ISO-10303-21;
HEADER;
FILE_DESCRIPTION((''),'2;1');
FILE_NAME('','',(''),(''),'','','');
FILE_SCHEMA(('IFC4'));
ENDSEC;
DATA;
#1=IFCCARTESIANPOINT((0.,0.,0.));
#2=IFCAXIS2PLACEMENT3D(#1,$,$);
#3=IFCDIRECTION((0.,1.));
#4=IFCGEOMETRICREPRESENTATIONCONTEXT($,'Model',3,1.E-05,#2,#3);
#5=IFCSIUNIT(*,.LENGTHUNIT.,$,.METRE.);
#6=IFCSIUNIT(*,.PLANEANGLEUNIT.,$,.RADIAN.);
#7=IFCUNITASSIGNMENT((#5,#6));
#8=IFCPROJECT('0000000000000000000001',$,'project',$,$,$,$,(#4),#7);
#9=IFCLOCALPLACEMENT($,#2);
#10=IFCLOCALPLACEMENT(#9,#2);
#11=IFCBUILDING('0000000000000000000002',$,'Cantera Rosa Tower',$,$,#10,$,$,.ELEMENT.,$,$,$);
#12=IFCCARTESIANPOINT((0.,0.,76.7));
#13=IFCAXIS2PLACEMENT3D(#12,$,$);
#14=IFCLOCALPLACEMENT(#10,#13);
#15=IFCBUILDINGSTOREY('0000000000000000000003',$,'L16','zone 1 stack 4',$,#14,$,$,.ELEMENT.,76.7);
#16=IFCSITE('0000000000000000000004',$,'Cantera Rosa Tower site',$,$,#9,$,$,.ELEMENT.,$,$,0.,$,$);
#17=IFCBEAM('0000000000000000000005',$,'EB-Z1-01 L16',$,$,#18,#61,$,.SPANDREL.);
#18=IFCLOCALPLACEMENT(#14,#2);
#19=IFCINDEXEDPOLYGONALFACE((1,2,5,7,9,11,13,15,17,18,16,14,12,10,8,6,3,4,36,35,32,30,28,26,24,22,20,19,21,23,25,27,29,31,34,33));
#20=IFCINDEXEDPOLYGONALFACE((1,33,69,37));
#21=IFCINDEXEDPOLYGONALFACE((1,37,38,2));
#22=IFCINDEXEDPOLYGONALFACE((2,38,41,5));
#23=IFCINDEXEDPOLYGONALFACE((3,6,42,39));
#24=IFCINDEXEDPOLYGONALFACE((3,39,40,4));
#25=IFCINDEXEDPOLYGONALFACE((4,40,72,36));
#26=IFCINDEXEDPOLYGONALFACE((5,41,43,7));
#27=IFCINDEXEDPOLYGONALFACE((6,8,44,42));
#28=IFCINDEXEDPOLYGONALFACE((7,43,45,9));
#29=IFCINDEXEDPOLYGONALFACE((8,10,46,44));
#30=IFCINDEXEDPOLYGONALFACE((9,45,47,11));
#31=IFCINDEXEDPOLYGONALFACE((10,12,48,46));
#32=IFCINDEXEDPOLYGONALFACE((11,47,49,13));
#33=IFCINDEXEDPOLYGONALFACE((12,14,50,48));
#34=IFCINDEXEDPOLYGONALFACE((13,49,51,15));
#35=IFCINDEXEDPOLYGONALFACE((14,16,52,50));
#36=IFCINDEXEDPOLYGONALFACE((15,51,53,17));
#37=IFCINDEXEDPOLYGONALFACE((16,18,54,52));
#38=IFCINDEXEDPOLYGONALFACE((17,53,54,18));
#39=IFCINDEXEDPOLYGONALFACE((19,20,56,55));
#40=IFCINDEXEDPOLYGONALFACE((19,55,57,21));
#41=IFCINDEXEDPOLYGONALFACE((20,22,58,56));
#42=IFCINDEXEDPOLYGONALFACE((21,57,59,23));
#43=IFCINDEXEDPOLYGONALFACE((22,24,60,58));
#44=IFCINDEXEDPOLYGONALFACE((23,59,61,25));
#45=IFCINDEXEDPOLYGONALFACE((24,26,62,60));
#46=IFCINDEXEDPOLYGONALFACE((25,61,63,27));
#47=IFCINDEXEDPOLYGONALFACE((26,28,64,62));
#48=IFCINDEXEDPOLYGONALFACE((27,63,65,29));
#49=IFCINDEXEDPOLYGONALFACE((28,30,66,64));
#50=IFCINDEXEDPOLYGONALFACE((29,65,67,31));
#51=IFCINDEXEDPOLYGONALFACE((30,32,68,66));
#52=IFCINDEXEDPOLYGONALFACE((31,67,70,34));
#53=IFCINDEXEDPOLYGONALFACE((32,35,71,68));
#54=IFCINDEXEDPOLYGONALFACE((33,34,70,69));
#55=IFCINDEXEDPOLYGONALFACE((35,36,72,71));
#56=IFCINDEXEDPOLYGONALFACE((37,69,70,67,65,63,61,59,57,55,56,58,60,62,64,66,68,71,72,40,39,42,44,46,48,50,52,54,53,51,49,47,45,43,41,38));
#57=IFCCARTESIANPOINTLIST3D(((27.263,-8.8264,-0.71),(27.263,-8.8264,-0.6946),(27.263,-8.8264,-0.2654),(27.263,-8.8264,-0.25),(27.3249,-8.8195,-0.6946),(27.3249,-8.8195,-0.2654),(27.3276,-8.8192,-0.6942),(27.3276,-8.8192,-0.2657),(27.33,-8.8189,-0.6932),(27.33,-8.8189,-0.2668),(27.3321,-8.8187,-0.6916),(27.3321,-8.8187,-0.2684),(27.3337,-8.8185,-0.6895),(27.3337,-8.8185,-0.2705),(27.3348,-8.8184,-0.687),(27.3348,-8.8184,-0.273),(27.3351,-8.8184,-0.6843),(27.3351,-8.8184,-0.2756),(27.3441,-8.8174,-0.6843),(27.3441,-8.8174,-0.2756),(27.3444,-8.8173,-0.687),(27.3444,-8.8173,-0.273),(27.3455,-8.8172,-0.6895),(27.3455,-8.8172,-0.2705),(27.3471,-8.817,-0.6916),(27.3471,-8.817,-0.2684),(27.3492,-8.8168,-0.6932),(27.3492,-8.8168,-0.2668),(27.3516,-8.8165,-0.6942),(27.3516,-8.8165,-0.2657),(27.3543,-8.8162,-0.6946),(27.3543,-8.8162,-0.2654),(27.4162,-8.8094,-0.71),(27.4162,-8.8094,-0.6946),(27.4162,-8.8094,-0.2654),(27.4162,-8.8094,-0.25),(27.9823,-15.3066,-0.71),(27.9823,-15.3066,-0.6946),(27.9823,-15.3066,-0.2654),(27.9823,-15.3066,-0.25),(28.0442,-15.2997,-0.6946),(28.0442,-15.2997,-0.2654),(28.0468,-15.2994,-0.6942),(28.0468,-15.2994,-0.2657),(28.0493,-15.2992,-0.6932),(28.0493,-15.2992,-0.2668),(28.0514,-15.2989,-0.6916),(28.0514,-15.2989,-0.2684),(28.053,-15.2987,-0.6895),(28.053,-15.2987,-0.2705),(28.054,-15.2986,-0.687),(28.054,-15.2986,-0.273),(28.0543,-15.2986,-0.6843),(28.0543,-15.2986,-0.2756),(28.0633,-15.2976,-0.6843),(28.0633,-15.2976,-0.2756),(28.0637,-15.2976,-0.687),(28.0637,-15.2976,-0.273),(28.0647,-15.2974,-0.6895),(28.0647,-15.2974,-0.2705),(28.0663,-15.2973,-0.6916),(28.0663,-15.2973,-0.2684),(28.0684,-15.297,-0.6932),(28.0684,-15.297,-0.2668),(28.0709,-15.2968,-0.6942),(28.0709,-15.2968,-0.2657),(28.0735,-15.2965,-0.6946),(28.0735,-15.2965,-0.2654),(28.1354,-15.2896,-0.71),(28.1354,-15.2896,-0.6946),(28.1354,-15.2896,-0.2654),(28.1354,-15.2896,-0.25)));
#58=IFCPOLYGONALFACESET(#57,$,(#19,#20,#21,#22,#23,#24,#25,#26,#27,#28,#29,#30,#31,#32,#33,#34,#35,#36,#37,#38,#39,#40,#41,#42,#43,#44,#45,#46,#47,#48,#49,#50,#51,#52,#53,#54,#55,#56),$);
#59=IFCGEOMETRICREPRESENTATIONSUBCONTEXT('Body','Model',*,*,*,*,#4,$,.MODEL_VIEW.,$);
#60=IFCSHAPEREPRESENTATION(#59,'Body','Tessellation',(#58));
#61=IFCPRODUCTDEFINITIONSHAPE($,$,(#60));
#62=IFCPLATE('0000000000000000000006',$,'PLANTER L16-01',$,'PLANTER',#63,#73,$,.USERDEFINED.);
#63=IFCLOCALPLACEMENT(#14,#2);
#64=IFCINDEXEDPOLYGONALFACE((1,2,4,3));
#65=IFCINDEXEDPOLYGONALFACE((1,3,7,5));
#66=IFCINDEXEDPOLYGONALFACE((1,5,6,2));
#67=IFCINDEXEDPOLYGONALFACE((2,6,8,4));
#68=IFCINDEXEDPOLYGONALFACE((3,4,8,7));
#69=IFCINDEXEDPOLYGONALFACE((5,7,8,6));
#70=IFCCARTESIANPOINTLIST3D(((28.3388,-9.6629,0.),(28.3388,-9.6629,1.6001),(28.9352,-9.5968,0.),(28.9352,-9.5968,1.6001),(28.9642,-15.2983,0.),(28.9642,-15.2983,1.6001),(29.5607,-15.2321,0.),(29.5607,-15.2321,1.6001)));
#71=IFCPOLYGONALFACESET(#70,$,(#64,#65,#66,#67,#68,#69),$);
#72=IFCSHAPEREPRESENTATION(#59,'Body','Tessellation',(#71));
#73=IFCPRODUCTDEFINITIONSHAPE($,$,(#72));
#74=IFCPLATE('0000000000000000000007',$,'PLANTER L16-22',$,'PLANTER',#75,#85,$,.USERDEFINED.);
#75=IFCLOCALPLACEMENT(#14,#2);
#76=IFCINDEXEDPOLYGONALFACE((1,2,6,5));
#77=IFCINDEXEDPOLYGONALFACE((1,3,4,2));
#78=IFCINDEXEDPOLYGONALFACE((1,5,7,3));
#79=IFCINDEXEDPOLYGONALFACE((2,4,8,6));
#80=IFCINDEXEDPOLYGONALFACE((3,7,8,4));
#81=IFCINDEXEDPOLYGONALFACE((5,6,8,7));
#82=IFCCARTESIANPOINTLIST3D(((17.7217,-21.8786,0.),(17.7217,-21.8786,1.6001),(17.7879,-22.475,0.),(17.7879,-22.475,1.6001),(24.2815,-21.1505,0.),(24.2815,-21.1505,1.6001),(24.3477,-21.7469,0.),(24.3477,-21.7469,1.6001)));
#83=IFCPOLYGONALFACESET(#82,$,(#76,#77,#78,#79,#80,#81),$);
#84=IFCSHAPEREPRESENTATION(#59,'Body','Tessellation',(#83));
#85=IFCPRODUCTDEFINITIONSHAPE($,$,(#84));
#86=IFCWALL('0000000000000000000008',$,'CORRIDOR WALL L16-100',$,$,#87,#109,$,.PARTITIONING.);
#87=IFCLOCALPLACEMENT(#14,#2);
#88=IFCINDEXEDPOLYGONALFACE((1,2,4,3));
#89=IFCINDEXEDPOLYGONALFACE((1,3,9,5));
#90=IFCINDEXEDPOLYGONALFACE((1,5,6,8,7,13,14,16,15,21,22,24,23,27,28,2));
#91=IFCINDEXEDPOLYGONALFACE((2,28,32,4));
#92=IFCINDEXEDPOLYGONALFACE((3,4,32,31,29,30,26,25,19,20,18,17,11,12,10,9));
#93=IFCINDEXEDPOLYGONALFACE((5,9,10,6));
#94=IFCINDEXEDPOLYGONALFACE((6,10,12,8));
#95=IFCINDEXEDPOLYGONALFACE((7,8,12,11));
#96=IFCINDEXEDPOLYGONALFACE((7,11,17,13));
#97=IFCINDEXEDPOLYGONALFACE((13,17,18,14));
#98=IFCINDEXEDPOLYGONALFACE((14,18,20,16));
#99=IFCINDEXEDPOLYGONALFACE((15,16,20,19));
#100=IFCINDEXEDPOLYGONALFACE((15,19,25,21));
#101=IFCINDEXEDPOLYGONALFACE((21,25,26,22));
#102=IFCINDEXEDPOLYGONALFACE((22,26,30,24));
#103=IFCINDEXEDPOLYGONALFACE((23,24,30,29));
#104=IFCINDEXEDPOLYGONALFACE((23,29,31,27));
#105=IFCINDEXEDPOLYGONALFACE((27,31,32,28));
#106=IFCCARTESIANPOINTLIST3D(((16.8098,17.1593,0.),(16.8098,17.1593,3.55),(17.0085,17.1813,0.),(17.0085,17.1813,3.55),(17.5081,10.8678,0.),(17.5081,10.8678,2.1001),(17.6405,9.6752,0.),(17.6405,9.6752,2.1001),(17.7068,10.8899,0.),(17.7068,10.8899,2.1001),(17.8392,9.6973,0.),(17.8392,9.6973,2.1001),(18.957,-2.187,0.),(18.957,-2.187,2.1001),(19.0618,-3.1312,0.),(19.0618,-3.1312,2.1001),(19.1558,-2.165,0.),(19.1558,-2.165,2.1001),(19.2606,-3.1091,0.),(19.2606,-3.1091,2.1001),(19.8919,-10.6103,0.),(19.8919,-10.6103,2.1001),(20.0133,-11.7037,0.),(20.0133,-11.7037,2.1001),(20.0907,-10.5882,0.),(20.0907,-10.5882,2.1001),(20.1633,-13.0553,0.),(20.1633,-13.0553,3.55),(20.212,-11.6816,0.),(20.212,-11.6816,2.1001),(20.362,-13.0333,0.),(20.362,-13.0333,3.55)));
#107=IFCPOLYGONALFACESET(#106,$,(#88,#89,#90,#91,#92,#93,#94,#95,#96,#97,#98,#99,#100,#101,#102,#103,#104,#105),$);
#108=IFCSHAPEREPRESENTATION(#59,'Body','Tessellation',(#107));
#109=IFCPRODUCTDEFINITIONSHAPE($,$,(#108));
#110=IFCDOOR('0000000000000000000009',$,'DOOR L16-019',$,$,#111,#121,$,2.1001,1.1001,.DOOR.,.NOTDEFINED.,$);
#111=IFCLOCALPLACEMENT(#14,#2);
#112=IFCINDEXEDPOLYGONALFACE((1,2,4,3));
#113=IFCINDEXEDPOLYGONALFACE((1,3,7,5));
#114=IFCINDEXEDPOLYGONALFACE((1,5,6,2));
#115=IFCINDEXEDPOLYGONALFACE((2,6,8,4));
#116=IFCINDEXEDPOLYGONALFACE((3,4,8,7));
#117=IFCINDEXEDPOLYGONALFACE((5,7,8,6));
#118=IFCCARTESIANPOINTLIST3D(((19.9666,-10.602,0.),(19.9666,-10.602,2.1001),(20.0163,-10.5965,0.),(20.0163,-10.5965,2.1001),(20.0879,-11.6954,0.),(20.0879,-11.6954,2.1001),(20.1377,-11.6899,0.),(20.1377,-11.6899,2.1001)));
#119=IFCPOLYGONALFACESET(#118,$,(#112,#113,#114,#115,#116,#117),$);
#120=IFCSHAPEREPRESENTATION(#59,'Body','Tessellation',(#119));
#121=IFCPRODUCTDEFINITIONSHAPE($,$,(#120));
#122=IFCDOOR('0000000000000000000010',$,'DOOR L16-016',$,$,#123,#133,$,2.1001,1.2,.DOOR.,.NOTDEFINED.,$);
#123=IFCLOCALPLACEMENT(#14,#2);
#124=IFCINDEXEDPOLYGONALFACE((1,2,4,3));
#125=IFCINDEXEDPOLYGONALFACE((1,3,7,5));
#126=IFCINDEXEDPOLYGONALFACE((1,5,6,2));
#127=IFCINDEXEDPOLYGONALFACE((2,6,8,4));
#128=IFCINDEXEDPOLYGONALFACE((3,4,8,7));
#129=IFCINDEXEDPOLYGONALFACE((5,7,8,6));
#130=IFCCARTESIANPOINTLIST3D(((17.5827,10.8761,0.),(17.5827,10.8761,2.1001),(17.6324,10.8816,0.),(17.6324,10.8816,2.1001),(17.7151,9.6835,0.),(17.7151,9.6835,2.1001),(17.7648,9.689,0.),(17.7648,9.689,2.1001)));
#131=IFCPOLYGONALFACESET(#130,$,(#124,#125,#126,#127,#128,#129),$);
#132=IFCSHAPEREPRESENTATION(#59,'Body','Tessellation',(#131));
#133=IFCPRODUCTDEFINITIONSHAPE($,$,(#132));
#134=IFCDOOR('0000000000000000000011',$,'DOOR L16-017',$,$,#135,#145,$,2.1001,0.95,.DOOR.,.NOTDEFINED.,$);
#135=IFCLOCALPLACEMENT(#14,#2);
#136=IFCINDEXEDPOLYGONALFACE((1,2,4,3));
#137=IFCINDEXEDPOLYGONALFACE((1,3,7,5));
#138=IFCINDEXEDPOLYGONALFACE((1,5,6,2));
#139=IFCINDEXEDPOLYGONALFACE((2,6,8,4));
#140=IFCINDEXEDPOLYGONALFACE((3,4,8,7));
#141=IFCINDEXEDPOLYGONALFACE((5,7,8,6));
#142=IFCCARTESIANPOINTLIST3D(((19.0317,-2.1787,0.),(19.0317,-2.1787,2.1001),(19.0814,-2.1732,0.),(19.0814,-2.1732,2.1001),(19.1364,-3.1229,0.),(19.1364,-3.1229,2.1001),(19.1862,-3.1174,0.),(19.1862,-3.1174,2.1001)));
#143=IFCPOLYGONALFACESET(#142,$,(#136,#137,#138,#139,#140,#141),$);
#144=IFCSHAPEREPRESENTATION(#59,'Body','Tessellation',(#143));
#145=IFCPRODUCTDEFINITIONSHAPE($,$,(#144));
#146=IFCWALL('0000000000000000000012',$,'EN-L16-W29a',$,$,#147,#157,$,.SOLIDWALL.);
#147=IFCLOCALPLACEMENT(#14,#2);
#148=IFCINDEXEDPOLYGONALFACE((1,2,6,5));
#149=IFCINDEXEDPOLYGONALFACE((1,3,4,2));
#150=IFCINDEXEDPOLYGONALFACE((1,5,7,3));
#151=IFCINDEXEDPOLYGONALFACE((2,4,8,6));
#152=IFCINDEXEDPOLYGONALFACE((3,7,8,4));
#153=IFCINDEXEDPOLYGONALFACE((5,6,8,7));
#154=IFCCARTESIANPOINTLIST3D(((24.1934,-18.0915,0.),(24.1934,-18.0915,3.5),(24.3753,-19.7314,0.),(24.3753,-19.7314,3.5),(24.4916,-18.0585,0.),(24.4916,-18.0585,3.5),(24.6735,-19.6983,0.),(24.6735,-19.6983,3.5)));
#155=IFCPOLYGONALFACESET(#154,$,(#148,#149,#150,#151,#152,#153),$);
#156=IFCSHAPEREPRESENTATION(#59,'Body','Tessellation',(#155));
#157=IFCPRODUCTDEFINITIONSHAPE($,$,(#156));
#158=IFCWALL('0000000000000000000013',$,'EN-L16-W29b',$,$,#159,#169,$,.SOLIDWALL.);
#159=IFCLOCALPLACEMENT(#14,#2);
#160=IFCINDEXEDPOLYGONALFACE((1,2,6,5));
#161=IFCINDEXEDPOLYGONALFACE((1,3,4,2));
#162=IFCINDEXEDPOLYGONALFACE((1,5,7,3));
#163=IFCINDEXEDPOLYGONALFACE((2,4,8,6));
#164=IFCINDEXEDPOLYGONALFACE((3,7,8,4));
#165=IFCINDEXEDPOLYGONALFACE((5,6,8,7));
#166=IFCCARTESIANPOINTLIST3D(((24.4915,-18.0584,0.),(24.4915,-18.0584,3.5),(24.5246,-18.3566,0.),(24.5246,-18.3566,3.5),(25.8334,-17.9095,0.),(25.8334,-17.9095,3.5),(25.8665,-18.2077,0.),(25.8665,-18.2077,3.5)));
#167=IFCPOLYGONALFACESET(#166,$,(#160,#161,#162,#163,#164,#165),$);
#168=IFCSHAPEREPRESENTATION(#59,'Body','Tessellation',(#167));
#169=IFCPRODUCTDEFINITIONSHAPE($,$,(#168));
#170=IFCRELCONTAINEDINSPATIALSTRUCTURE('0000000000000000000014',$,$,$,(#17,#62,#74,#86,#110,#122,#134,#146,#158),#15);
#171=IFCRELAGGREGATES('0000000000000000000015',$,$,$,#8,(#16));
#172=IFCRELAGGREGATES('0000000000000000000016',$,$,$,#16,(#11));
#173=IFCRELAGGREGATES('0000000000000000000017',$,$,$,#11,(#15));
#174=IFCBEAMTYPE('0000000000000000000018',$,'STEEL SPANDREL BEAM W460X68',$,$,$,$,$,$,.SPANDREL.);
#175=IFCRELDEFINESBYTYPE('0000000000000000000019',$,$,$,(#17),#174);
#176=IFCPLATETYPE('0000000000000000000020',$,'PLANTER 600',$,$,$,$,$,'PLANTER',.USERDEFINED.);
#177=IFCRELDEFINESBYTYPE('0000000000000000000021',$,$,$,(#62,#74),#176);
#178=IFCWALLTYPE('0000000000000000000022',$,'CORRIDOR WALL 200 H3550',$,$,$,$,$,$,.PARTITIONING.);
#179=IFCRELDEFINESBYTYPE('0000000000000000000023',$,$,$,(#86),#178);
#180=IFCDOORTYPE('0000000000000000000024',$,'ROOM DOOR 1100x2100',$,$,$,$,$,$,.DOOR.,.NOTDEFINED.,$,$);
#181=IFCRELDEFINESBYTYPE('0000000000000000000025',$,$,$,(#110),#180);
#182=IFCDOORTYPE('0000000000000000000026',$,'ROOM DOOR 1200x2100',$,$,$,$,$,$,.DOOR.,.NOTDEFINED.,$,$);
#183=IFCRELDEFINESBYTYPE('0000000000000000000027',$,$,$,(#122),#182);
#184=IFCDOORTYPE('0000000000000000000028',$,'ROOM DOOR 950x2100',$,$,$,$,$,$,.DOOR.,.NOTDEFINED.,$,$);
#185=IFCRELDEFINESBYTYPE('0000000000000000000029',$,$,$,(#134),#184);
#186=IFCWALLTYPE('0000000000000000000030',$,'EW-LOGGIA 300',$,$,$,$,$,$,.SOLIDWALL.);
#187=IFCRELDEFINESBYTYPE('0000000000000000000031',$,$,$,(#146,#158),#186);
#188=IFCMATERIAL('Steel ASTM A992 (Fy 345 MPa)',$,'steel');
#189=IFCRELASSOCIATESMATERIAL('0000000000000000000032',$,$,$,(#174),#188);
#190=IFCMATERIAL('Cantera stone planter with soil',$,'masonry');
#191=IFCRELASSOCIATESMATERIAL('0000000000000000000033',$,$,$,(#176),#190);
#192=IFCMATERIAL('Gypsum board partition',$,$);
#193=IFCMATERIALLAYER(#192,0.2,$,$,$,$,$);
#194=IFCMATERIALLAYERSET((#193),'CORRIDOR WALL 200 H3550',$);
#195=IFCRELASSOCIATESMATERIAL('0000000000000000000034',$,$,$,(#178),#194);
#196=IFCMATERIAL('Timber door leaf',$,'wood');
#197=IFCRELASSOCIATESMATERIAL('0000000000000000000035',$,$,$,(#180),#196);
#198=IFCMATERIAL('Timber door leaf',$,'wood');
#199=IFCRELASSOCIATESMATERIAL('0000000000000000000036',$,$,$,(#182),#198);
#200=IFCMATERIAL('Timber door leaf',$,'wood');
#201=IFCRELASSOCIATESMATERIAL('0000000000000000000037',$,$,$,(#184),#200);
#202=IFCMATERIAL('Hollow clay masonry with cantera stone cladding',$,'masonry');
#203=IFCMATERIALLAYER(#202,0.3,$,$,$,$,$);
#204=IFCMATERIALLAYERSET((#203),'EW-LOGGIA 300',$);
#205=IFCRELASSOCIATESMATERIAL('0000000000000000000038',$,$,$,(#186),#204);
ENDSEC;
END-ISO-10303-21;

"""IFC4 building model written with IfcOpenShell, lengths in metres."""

from ifc_helpers import new_model, si_unit, direction, frame, frame_2d, origin, origin_2d, place, context, subcontext, project, spatial, rectangle, i_section, extrude, material, layer, layer_set, material_profile, profile_set, type_object, element, fill, save


model = new_model("IFC4")

# Units and contexts
model_context = context("Model", 3, precision=1e-05, world=origin(), true_north=direction((0.0, 1.0)))
body_context = subcontext(model_context, "Body", "Model", "MODEL_VIEW")
ifc_project = project(units=[si_unit("LENGTHUNIT", "METRE"), si_unit("PLANEANGLEUNIT", "RADIAN")], contexts=[model_context])

# Site, building, storey
site_placement = place(None, origin())
site = spatial("IfcSite", under=ifc_project, at=site_placement, Name="Cantera Rosa Tower site", CompositionType="ELEMENT", RefElevation=0.0)
building_placement = place(site_placement, origin())
building = spatial("IfcBuilding", under=site, at=building_placement, Name="Cantera Rosa Tower", CompositionType="ELEMENT")
storey_placement = place(building_placement, frame((0.0, 0.0, 76.7)))
storey = spatial("IfcBuildingStorey", under=building, at=storey_placement, Name="L16", Description="zone 1 stack 4", CompositionType="ELEMENT", Elevation=76.7)

# Beam
ifc_material_1 = material(Name="Steel ASTM A992 (Fy 345 MPa)", Category="steel")
ifc_material_profile_1 = material_profile(ifc_material_1, i_section(OverallWidth=0.1541, OverallDepth=0.46, WebThickness=0.009, FlangeThickness=0.0154, FilletRadius=0.0103, at=origin_2d()), Name="W460X68")
ifc_profile_set_1 = profile_set([ifc_material_profile_1], Name="Steel ASTM A992 (Fy 345 MPa)")
beam_type_1 = type_object("IfcBeamType", Name="STEEL SPANDREL BEAM W460X68", PredefinedType="SPANDREL", material=ifc_profile_set_1)
beam_1_placement = place(storey_placement, frame((28.0588, -15.2981, -0.48), z_axis=(-0.110312, 0.993897, 0.0), x_axis=(-0.993897, -0.110312, 0.0)))
element("IfcBeam", 1, at=beam_1_placement, inside=storey, type_object=beam_type_1, Name="EB-Z1-01 L16", PredefinedType="SPANDREL", context=body_context, shape_type="SweptSolid", body=[
    extrude(i_section(OverallWidth=0.1541, OverallDepth=0.46, WebThickness=0.009, FlangeThickness=0.0154, FilletRadius=0.0103, at=origin_2d()), origin(), (0.0, 0.0, 1.0), 6.52),
])

# Plates
ifc_material_2 = material(Name="Cantera stone planter with soil", Category="masonry")
plate_type = type_object("IfcPlateType", Name="PLANTER 600", ElementType="PLANTER", PredefinedType="USERDEFINED", material=ifc_material_2)
plate_1_placement = place(storey_placement, frame((28.9497, -12.4475, 0.0), z_axis=(0.0, 0.0, 1.0), x_axis=(-0.110313, 0.993897, 0.0)))
element("IfcPlate", 2, at=plate_1_placement, inside=storey, type_object=plate_type, Name="PLANTER L16-01", ObjectType="PLANTER", PredefinedType="USERDEFINED", context=body_context, shape_type="SweptSolid", body=[
    extrude(rectangle(XDim=5.6699, YDim=0.6001, at=origin_2d()), origin(), (0.0, 0.0, 1.0), 1.6001),
])
plate_2_placement = place(storey_placement, frame((21.0347, -21.8127, 0.0), z_axis=(0.0, 0.0, 1.0), x_axis=(0.993897, 0.110313, 0.0)))
element("IfcPlate", 3, at=plate_2_placement, inside=storey, type_object=plate_type, Name="PLANTER L16-22", ObjectType="PLANTER", PredefinedType="USERDEFINED", context=body_context, shape_type="SweptSolid", body=[
    extrude(rectangle(XDim=6.6001, YDim=0.6001, at=origin_2d()), origin(), (0.0, 0.0, 1.0), 1.6001),
])

# Wall, openings, doors
ifc_material_3 = material(Name="Gypsum board partition")
ifc_layer_1 = layer(ifc_material_3, 0.2)
ifc_layer_set_1 = layer_set([ifc_layer_1], Name="CORRIDOR WALL 200 H3550")
wall_type_1 = type_object("IfcWallType", Name="CORRIDOR WALL 200 H3550", PredefinedType="PARTITIONING", material=ifc_layer_set_1)
wall_1_placement = place(storey_placement, frame((20.2627, -13.0444, 0.0), z_axis=(0.0, 0.0, 1.0), x_axis=(-0.110313, 0.993897, 0.0)))
wall_1 = element("IfcWall", 4, at=wall_1_placement, inside=storey, type_object=wall_type_1, Name="CORRIDOR WALL L16-100", PredefinedType="PARTITIONING", context=body_context, shape_type="SweptSolid", body=[
    extrude(rectangle(XDim=30.4001, YDim=0.2, at=frame_2d((15.2002, 0.0))), origin(), (0.0, 0.0, 1.0), 3.55),
])
opening_1_placement = place(wall_1_placement, frame((22.8701, 0.0, 0.0)))
opening_1 = element("IfcOpeningElement", 5, at=opening_1_placement, cuts=wall_1, PredefinedType="OPENING", context=body_context, shape_type="SweptSolid", body=[
    extrude(rectangle(XDim=1.2, YDim=2.1001, at=frame_2d((0.6001, 1.05))), frame((0.0, 0.1099, 0.0), z_axis=(0.0, -1.0, 0.0), x_axis=(1.0, 0.0, 0.0)), (0.0, 0.0, 1.0), 0.22),
])
opening_2_placement = place(wall_1_placement, frame((9.9851, 0.0, 0.0)))
opening_2 = element("IfcOpeningElement", 6, at=opening_2_placement, cuts=wall_1, PredefinedType="OPENING", context=body_context, shape_type="SweptSolid", body=[
    extrude(rectangle(XDim=0.95, YDim=2.1001, at=frame_2d((0.4751, 1.05))), frame((0.0, 0.1099, 0.0), z_axis=(0.0, -1.0, 0.0), x_axis=(1.0, 0.0, 0.0)), (0.0, 0.0, 1.0), 0.22),
])
opening_3_placement = place(wall_1_placement, frame((1.3601, 0.0, 0.0)))
opening_3 = element("IfcOpeningElement", 7, at=opening_3_placement, cuts=wall_1, PredefinedType="OPENING", context=body_context, shape_type="SweptSolid", body=[
    extrude(rectangle(XDim=1.1001, YDim=2.1001, at=frame_2d((0.55, 1.05))), frame((0.0, 0.1099, 0.0), z_axis=(0.0, -1.0, 0.0), x_axis=(1.0, 0.0, 0.0)), (0.0, 0.0, 1.0), 0.22),
])
ifc_material_4 = material(Name="Timber door leaf", Category="wood")
door_type_1 = type_object("IfcDoorType", Name="ROOM DOOR 1100x2100", OperationType="NOTDEFINED", PredefinedType="DOOR", material=ifc_material_4)
door_1_placement = place(opening_3_placement, origin())
door_1 = element("IfcDoor", 8, at=door_1_placement, inside=storey, type_object=door_type_1, Name="DOOR L16-019", OperationType="NOTDEFINED", OverallHeight=2.1001, OverallWidth=1.1001, PredefinedType="DOOR", context=body_context, shape_type="SweptSolid", body=[
    extrude(rectangle(XDim=1.1001, YDim=2.1001, at=frame_2d((0.55, 1.05))), frame((0.0, 0.0249, 0.0), z_axis=(0.0, -1.0, 0.0), x_axis=(1.0, 0.0, 0.0)), (0.0, 0.0, 1.0), 0.05),
])
fill(opening_3, door_1)
ifc_material_5 = material(Name="Timber door leaf", Category="wood")
door_type_2 = type_object("IfcDoorType", Name="ROOM DOOR 1200x2100", OperationType="NOTDEFINED", PredefinedType="DOOR", material=ifc_material_5)
door_2_placement = place(opening_1_placement, origin())
door_2 = element("IfcDoor", 9, at=door_2_placement, inside=storey, type_object=door_type_2, Name="DOOR L16-016", OperationType="NOTDEFINED", OverallHeight=2.1001, OverallWidth=1.2, PredefinedType="DOOR", context=body_context, shape_type="SweptSolid", body=[
    extrude(rectangle(XDim=1.2, YDim=2.1001, at=frame_2d((0.6001, 1.05))), frame((0.0, 0.0249, 0.0), z_axis=(0.0, -1.0, 0.0), x_axis=(1.0, 0.0, 0.0)), (0.0, 0.0, 1.0), 0.05),
])
fill(opening_1, door_2)
ifc_material_6 = material(Name="Timber door leaf", Category="wood")
door_type_3 = type_object("IfcDoorType", Name="ROOM DOOR 950x2100", OperationType="NOTDEFINED", PredefinedType="DOOR", material=ifc_material_6)
door_3_placement = place(opening_2_placement, origin())
door_3 = element("IfcDoor", 10, at=door_3_placement, inside=storey, type_object=door_type_3, Name="DOOR L16-017", OperationType="NOTDEFINED", OverallHeight=2.1001, OverallWidth=0.95, PredefinedType="DOOR", context=body_context, shape_type="SweptSolid", body=[
    extrude(rectangle(XDim=0.95, YDim=2.1001, at=frame_2d((0.4751, 1.05))), frame((0.0, 0.0249, 0.0), z_axis=(0.0, -1.0, 0.0), x_axis=(1.0, 0.0, 0.0)), (0.0, 0.0, 1.0), 0.05),
])
fill(opening_2, door_3)

# Walls
ifc_material_7 = material(Name="Hollow clay masonry with cantera stone cladding", Category="masonry")
ifc_layer_2 = layer(ifc_material_7, 0.3)
ifc_layer_set_2 = layer_set([ifc_layer_2], Name="EW-LOGGIA 300")
wall_type_2 = type_object("IfcWallType", Name="EW-LOGGIA 300", PredefinedType="SOLIDWALL", material=ifc_layer_set_2)
wall_2_placement = place(storey_placement, frame((24.5244, -19.7148, 0.0), z_axis=(0.0, 0.0, 1.0), x_axis=(-0.110237, 0.993905, 0.0)))
element("IfcWall", 11, at=wall_2_placement, inside=storey, type_object=wall_type_2, Name="EN-L16-W29a", PredefinedType="SOLIDWALL", context=body_context, shape_type="SweptSolid", body=[
    extrude(rectangle(XDim=1.6499, YDim=0.3, at=frame_2d((0.825, 0.0))), origin(), (0.0, 0.0, 1.0), 3.5),
])
wall_3_placement = place(storey_placement, frame((24.5081, -18.2075, 0.0), z_axis=(0.0, 0.0, 1.0), x_axis=(0.993897, 0.110312, 0.0)))
element("IfcWall", 12, at=wall_3_placement, inside=storey, type_object=wall_type_2, Name="EN-L16-W29b", PredefinedType="SOLIDWALL", context=body_context, shape_type="SweptSolid", body=[
    extrude(rectangle(XDim=1.3501, YDim=0.3, at=frame_2d((0.675, 0.0))), origin(), (0.0, 0.0, 1.0), 3.5),
])

save(model, "model.ifc")
